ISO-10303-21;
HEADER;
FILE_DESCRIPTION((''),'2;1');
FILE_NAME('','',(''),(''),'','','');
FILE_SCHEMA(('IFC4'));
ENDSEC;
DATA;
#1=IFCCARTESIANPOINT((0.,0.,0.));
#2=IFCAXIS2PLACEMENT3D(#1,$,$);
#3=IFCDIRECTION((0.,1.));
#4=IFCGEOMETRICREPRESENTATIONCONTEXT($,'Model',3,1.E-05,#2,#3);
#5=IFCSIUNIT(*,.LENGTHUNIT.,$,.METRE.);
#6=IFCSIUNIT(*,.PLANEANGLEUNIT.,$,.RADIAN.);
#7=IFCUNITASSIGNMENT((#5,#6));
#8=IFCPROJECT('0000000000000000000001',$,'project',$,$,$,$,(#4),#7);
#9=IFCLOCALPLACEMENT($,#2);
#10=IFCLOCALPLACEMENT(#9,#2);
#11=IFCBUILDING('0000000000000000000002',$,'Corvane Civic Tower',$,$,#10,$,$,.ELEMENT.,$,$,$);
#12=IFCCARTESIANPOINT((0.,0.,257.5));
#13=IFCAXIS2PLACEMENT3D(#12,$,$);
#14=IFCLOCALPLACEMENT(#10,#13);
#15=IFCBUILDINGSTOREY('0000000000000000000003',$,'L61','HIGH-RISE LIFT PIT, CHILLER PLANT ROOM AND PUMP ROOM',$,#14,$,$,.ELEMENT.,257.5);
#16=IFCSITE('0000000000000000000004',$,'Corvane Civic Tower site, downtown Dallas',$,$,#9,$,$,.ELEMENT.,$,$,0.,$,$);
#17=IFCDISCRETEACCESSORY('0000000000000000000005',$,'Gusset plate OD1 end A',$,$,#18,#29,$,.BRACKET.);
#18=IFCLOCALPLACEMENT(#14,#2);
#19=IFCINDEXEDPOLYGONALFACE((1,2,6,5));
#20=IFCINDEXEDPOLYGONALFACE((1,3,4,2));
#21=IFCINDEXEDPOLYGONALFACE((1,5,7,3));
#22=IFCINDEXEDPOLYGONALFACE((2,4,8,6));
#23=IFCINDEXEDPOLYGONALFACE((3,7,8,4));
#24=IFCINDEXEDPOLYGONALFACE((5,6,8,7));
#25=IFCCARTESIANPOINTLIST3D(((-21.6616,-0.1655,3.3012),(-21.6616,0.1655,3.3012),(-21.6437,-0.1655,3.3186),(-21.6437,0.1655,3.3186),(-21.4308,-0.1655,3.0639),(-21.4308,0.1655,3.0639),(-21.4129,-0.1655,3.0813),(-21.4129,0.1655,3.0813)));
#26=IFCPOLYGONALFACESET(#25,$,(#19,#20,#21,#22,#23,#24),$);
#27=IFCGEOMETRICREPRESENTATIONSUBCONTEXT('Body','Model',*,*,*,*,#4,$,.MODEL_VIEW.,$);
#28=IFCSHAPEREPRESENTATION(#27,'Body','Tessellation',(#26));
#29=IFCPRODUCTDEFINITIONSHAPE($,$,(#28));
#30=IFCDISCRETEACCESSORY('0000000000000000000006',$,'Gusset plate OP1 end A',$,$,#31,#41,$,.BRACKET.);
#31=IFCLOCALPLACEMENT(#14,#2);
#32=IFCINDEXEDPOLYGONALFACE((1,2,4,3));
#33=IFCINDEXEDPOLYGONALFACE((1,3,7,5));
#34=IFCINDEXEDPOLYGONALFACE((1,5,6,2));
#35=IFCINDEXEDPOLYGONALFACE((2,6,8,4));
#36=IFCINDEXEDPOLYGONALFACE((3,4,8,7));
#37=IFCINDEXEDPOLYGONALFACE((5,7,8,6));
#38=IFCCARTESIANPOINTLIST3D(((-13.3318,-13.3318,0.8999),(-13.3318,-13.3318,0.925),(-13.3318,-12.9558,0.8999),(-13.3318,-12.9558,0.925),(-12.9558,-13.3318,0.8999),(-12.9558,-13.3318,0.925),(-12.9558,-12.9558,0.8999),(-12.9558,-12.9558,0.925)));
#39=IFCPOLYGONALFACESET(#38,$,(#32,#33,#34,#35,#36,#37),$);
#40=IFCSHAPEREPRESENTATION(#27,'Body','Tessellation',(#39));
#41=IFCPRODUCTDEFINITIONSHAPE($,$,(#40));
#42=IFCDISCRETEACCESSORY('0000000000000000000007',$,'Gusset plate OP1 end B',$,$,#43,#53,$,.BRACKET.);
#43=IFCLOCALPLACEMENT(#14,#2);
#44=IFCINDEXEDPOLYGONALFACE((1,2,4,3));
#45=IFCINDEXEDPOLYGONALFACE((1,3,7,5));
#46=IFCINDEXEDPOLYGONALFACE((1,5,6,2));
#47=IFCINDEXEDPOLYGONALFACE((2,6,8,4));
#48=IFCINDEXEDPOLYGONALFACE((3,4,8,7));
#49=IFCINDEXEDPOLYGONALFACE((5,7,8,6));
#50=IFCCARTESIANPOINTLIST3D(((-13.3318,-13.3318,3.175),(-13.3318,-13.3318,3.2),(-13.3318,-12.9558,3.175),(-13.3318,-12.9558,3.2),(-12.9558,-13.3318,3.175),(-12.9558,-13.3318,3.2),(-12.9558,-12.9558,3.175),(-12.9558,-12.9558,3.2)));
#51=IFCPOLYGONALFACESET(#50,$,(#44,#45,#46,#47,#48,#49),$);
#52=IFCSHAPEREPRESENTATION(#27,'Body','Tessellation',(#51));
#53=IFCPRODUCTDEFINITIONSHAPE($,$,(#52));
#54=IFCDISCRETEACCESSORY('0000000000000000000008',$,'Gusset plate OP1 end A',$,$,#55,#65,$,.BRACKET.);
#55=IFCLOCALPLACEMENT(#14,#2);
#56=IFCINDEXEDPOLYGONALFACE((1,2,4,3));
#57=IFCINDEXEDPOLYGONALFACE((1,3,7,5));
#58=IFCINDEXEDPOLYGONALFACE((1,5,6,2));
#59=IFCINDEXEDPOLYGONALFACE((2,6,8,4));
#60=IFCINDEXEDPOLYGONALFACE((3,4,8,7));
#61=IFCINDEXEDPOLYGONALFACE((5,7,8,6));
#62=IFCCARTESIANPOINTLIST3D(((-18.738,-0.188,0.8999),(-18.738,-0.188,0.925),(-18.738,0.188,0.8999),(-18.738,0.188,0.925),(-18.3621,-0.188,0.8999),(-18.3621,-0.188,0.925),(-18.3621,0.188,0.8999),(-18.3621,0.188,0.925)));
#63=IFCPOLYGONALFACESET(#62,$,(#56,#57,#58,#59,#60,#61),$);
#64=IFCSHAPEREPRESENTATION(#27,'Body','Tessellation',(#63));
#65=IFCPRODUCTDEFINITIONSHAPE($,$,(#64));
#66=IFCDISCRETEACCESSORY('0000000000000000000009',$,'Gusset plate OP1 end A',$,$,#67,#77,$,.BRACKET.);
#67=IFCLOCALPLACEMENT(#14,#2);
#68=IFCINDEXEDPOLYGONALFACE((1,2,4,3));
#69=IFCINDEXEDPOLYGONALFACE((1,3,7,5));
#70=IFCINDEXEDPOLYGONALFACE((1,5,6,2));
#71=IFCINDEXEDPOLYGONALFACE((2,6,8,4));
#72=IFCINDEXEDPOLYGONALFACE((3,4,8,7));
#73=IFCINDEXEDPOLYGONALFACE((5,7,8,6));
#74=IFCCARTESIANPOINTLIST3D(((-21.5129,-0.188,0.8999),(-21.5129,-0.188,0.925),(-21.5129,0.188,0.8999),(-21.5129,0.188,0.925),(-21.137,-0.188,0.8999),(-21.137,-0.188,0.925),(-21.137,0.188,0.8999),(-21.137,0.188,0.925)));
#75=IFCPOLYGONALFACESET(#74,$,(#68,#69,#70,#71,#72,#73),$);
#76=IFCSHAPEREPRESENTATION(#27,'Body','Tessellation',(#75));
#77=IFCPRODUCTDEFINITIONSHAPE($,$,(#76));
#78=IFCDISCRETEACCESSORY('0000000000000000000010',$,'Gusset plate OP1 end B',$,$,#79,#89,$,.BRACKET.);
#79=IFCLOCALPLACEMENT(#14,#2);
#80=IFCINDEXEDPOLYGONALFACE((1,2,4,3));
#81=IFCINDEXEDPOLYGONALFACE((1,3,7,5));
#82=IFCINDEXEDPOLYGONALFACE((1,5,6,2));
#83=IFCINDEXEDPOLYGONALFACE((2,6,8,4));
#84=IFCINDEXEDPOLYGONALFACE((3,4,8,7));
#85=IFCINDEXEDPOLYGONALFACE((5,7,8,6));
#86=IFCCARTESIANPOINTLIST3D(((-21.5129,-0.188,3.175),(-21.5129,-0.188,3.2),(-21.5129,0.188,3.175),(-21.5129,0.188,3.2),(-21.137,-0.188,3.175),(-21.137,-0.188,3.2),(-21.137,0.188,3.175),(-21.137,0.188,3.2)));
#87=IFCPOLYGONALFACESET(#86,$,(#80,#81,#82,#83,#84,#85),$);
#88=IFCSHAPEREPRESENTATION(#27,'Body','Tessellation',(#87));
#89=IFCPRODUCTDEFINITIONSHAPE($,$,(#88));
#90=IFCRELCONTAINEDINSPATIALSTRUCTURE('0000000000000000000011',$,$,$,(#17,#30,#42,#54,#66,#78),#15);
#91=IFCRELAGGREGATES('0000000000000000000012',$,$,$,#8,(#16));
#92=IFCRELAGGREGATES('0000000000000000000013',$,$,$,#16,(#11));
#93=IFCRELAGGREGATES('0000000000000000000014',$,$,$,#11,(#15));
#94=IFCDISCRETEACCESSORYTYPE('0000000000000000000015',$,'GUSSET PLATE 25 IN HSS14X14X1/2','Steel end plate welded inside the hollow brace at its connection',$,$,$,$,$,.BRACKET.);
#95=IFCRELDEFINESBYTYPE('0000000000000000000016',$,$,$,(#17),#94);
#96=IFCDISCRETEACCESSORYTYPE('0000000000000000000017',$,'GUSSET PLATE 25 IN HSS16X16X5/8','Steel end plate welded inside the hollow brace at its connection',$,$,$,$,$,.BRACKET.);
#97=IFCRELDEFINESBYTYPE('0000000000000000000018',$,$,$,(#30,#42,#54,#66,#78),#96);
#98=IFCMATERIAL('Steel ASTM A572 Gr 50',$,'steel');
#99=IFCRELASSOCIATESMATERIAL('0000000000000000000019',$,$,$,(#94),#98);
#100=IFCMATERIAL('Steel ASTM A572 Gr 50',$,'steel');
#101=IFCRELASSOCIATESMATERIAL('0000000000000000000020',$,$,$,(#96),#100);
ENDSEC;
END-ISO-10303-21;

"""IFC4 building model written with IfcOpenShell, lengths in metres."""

from ifc_helpers import new_model, si_unit, direction, frame, origin, origin_2d, place, context, subcontext, project, spatial, rectangle, extrude, material, material_profile, profile_set, type_object, element, save


model = new_model("IFC4")

# Units and contexts
model_context = context("Model", 3, precision=1e-05, world=origin(), true_north=direction((0.0, 1.0)))
body_context = subcontext(model_context, "Body", "Model", "MODEL_VIEW")
ifc_project = project(units=[si_unit("LENGTHUNIT", "METRE"), si_unit("PLANEANGLEUNIT", "RADIAN")], contexts=[model_context])

# Site, building, storey
site_placement = place(None, origin())
site = spatial("IfcSite", under=ifc_project, at=site_placement, Name="Corvane Civic Tower site, downtown Dallas", CompositionType="ELEMENT", RefElevation=0.0)
building_placement = place(site_placement, origin())
building = spatial("IfcBuilding", under=site, at=building_placement, Name="Corvane Civic Tower", CompositionType="ELEMENT")
storey_placement = place(building_placement, frame((0.0, 0.0, 257.5)))
storey = spatial("IfcBuildingStorey", under=building, at=storey_placement, Name="L61", Description="HIGH-RISE LIFT PIT, CHILLER PLANT ROOM AND PUMP ROOM", CompositionType="ELEMENT", Elevation=257.5)

# Discrete accessories
ifc_material_1 = material(Name="Steel ASTM A572 Gr 50", Category="steel")
ifc_material_profile_1 = material_profile(ifc_material_1, rectangle(XDim=0.3311, YDim=0.3311, at=origin_2d()), Name="GUSSET PLATE 25 IN HSS14X14X1/2")
ifc_profile_set_1 = profile_set([ifc_material_profile_1], Name="Steel ASTM A572 Gr 50")
discrete_accessory_type_1 = type_object("IfcDiscreteAccessoryType", Name="GUSSET PLATE 25 IN HSS14X14X1/2", Description="Steel end plate welded inside the hollow brace at its connection", PredefinedType="BRACKET", material=ifc_profile_set_1)
discrete_accessory_1_placement = place(storey_placement, frame((-21.5283, 0.0, 3.2), z_axis=(-0.716859, 0.0, -0.697219), x_axis=(0.0, -1.0, 0.0)))
element("IfcDiscreteAccessory", 1, at=discrete_accessory_1_placement, inside=storey, type_object=discrete_accessory_type_1, Name="Gusset plate OD1 end A", PredefinedType="BRACKET", context=body_context, shape_type="SweptSolid", body=[
    extrude(rectangle(XDim=0.3311, YDim=0.3311, at=origin_2d()), origin(), (0.0, 0.0, 1.0), 0.0249),
])
ifc_material_2 = material(Name="Steel ASTM A572 Gr 50", Category="steel")
ifc_material_profile_2 = material_profile(ifc_material_2, rectangle(XDim=0.376, YDim=0.376, at=origin_2d()), Name="GUSSET PLATE 25 IN HSS16X16X5/8")
ifc_profile_set_2 = profile_set([ifc_material_profile_2], Name="Steel ASTM A572 Gr 50")
discrete_accessory_type_2 = type_object("IfcDiscreteAccessoryType", Name="GUSSET PLATE 25 IN HSS16X16X5/8", Description="Steel end plate welded inside the hollow brace at its connection", PredefinedType="BRACKET", material=ifc_profile_set_2)
discrete_accessory_2_placement = place(storey_placement, frame((-13.1438, -13.1438, 0.8999), z_axis=(0.0, 0.0, 1.0), x_axis=(1.0, 0.0, 0.0)))
element("IfcDiscreteAccessory", 2, at=discrete_accessory_2_placement, inside=storey, type_object=discrete_accessory_type_2, Name="Gusset plate OP1 end A", PredefinedType="BRACKET", context=body_context, shape_type="SweptSolid", body=[
    extrude(rectangle(XDim=0.376, YDim=0.376, at=origin_2d()), origin(), (0.0, 0.0, 1.0), 0.0251),
])
discrete_accessory_3_placement = place(storey_placement, frame((-13.1438, -13.1438, 3.2), z_axis=(0.0, 0.0, -1.0), x_axis=(1.0, 0.0, 0.0)))
element("IfcDiscreteAccessory", 3, at=discrete_accessory_3_placement, inside=storey, type_object=discrete_accessory_type_2, Name="Gusset plate OP1 end B", PredefinedType="BRACKET", context=body_context, shape_type="SweptSolid", body=[
    extrude(rectangle(XDim=0.376, YDim=0.376, at=origin_2d()), origin(), (0.0, 0.0, 1.0), 0.0249),
])
for number, where, z_axis, x_axis, name in (
    (4, (-18.55, 0.0, 0.8999), (0.0, 0.0, 1.0), (1.0, 0.0, 0.0), "Gusset plate OP1 end A"),
    (5, (-21.325, 0.0, 0.8999), (0.0, 0.0, 1.0), (1.0, 0.0, 0.0), "Gusset plate OP1 end A"),
):
    element("IfcDiscreteAccessory", number, at=place(storey_placement, frame(where, z_axis=z_axis, x_axis=x_axis)), inside=storey, type_object=discrete_accessory_type_2, Name=name, PredefinedType="BRACKET", context=body_context, shape_type="SweptSolid", body=[
        extrude(rectangle(XDim=0.376, YDim=0.376, at=origin_2d()), origin(), (0.0, 0.0, 1.0), 0.0251),
    ])
discrete_accessory_4_placement = place(storey_placement, frame((-21.325, 0.0, 3.2), z_axis=(0.0, 0.0, -1.0), x_axis=(1.0, 0.0, 0.0)))
element("IfcDiscreteAccessory", 6, at=discrete_accessory_4_placement, inside=storey, type_object=discrete_accessory_type_2, Name="Gusset plate OP1 end B", PredefinedType="BRACKET", context=body_context, shape_type="SweptSolid", body=[
    extrude(rectangle(XDim=0.376, YDim=0.376, at=origin_2d()), origin(), (0.0, 0.0, 1.0), 0.0249),
])

save(model, "model.ifc")
